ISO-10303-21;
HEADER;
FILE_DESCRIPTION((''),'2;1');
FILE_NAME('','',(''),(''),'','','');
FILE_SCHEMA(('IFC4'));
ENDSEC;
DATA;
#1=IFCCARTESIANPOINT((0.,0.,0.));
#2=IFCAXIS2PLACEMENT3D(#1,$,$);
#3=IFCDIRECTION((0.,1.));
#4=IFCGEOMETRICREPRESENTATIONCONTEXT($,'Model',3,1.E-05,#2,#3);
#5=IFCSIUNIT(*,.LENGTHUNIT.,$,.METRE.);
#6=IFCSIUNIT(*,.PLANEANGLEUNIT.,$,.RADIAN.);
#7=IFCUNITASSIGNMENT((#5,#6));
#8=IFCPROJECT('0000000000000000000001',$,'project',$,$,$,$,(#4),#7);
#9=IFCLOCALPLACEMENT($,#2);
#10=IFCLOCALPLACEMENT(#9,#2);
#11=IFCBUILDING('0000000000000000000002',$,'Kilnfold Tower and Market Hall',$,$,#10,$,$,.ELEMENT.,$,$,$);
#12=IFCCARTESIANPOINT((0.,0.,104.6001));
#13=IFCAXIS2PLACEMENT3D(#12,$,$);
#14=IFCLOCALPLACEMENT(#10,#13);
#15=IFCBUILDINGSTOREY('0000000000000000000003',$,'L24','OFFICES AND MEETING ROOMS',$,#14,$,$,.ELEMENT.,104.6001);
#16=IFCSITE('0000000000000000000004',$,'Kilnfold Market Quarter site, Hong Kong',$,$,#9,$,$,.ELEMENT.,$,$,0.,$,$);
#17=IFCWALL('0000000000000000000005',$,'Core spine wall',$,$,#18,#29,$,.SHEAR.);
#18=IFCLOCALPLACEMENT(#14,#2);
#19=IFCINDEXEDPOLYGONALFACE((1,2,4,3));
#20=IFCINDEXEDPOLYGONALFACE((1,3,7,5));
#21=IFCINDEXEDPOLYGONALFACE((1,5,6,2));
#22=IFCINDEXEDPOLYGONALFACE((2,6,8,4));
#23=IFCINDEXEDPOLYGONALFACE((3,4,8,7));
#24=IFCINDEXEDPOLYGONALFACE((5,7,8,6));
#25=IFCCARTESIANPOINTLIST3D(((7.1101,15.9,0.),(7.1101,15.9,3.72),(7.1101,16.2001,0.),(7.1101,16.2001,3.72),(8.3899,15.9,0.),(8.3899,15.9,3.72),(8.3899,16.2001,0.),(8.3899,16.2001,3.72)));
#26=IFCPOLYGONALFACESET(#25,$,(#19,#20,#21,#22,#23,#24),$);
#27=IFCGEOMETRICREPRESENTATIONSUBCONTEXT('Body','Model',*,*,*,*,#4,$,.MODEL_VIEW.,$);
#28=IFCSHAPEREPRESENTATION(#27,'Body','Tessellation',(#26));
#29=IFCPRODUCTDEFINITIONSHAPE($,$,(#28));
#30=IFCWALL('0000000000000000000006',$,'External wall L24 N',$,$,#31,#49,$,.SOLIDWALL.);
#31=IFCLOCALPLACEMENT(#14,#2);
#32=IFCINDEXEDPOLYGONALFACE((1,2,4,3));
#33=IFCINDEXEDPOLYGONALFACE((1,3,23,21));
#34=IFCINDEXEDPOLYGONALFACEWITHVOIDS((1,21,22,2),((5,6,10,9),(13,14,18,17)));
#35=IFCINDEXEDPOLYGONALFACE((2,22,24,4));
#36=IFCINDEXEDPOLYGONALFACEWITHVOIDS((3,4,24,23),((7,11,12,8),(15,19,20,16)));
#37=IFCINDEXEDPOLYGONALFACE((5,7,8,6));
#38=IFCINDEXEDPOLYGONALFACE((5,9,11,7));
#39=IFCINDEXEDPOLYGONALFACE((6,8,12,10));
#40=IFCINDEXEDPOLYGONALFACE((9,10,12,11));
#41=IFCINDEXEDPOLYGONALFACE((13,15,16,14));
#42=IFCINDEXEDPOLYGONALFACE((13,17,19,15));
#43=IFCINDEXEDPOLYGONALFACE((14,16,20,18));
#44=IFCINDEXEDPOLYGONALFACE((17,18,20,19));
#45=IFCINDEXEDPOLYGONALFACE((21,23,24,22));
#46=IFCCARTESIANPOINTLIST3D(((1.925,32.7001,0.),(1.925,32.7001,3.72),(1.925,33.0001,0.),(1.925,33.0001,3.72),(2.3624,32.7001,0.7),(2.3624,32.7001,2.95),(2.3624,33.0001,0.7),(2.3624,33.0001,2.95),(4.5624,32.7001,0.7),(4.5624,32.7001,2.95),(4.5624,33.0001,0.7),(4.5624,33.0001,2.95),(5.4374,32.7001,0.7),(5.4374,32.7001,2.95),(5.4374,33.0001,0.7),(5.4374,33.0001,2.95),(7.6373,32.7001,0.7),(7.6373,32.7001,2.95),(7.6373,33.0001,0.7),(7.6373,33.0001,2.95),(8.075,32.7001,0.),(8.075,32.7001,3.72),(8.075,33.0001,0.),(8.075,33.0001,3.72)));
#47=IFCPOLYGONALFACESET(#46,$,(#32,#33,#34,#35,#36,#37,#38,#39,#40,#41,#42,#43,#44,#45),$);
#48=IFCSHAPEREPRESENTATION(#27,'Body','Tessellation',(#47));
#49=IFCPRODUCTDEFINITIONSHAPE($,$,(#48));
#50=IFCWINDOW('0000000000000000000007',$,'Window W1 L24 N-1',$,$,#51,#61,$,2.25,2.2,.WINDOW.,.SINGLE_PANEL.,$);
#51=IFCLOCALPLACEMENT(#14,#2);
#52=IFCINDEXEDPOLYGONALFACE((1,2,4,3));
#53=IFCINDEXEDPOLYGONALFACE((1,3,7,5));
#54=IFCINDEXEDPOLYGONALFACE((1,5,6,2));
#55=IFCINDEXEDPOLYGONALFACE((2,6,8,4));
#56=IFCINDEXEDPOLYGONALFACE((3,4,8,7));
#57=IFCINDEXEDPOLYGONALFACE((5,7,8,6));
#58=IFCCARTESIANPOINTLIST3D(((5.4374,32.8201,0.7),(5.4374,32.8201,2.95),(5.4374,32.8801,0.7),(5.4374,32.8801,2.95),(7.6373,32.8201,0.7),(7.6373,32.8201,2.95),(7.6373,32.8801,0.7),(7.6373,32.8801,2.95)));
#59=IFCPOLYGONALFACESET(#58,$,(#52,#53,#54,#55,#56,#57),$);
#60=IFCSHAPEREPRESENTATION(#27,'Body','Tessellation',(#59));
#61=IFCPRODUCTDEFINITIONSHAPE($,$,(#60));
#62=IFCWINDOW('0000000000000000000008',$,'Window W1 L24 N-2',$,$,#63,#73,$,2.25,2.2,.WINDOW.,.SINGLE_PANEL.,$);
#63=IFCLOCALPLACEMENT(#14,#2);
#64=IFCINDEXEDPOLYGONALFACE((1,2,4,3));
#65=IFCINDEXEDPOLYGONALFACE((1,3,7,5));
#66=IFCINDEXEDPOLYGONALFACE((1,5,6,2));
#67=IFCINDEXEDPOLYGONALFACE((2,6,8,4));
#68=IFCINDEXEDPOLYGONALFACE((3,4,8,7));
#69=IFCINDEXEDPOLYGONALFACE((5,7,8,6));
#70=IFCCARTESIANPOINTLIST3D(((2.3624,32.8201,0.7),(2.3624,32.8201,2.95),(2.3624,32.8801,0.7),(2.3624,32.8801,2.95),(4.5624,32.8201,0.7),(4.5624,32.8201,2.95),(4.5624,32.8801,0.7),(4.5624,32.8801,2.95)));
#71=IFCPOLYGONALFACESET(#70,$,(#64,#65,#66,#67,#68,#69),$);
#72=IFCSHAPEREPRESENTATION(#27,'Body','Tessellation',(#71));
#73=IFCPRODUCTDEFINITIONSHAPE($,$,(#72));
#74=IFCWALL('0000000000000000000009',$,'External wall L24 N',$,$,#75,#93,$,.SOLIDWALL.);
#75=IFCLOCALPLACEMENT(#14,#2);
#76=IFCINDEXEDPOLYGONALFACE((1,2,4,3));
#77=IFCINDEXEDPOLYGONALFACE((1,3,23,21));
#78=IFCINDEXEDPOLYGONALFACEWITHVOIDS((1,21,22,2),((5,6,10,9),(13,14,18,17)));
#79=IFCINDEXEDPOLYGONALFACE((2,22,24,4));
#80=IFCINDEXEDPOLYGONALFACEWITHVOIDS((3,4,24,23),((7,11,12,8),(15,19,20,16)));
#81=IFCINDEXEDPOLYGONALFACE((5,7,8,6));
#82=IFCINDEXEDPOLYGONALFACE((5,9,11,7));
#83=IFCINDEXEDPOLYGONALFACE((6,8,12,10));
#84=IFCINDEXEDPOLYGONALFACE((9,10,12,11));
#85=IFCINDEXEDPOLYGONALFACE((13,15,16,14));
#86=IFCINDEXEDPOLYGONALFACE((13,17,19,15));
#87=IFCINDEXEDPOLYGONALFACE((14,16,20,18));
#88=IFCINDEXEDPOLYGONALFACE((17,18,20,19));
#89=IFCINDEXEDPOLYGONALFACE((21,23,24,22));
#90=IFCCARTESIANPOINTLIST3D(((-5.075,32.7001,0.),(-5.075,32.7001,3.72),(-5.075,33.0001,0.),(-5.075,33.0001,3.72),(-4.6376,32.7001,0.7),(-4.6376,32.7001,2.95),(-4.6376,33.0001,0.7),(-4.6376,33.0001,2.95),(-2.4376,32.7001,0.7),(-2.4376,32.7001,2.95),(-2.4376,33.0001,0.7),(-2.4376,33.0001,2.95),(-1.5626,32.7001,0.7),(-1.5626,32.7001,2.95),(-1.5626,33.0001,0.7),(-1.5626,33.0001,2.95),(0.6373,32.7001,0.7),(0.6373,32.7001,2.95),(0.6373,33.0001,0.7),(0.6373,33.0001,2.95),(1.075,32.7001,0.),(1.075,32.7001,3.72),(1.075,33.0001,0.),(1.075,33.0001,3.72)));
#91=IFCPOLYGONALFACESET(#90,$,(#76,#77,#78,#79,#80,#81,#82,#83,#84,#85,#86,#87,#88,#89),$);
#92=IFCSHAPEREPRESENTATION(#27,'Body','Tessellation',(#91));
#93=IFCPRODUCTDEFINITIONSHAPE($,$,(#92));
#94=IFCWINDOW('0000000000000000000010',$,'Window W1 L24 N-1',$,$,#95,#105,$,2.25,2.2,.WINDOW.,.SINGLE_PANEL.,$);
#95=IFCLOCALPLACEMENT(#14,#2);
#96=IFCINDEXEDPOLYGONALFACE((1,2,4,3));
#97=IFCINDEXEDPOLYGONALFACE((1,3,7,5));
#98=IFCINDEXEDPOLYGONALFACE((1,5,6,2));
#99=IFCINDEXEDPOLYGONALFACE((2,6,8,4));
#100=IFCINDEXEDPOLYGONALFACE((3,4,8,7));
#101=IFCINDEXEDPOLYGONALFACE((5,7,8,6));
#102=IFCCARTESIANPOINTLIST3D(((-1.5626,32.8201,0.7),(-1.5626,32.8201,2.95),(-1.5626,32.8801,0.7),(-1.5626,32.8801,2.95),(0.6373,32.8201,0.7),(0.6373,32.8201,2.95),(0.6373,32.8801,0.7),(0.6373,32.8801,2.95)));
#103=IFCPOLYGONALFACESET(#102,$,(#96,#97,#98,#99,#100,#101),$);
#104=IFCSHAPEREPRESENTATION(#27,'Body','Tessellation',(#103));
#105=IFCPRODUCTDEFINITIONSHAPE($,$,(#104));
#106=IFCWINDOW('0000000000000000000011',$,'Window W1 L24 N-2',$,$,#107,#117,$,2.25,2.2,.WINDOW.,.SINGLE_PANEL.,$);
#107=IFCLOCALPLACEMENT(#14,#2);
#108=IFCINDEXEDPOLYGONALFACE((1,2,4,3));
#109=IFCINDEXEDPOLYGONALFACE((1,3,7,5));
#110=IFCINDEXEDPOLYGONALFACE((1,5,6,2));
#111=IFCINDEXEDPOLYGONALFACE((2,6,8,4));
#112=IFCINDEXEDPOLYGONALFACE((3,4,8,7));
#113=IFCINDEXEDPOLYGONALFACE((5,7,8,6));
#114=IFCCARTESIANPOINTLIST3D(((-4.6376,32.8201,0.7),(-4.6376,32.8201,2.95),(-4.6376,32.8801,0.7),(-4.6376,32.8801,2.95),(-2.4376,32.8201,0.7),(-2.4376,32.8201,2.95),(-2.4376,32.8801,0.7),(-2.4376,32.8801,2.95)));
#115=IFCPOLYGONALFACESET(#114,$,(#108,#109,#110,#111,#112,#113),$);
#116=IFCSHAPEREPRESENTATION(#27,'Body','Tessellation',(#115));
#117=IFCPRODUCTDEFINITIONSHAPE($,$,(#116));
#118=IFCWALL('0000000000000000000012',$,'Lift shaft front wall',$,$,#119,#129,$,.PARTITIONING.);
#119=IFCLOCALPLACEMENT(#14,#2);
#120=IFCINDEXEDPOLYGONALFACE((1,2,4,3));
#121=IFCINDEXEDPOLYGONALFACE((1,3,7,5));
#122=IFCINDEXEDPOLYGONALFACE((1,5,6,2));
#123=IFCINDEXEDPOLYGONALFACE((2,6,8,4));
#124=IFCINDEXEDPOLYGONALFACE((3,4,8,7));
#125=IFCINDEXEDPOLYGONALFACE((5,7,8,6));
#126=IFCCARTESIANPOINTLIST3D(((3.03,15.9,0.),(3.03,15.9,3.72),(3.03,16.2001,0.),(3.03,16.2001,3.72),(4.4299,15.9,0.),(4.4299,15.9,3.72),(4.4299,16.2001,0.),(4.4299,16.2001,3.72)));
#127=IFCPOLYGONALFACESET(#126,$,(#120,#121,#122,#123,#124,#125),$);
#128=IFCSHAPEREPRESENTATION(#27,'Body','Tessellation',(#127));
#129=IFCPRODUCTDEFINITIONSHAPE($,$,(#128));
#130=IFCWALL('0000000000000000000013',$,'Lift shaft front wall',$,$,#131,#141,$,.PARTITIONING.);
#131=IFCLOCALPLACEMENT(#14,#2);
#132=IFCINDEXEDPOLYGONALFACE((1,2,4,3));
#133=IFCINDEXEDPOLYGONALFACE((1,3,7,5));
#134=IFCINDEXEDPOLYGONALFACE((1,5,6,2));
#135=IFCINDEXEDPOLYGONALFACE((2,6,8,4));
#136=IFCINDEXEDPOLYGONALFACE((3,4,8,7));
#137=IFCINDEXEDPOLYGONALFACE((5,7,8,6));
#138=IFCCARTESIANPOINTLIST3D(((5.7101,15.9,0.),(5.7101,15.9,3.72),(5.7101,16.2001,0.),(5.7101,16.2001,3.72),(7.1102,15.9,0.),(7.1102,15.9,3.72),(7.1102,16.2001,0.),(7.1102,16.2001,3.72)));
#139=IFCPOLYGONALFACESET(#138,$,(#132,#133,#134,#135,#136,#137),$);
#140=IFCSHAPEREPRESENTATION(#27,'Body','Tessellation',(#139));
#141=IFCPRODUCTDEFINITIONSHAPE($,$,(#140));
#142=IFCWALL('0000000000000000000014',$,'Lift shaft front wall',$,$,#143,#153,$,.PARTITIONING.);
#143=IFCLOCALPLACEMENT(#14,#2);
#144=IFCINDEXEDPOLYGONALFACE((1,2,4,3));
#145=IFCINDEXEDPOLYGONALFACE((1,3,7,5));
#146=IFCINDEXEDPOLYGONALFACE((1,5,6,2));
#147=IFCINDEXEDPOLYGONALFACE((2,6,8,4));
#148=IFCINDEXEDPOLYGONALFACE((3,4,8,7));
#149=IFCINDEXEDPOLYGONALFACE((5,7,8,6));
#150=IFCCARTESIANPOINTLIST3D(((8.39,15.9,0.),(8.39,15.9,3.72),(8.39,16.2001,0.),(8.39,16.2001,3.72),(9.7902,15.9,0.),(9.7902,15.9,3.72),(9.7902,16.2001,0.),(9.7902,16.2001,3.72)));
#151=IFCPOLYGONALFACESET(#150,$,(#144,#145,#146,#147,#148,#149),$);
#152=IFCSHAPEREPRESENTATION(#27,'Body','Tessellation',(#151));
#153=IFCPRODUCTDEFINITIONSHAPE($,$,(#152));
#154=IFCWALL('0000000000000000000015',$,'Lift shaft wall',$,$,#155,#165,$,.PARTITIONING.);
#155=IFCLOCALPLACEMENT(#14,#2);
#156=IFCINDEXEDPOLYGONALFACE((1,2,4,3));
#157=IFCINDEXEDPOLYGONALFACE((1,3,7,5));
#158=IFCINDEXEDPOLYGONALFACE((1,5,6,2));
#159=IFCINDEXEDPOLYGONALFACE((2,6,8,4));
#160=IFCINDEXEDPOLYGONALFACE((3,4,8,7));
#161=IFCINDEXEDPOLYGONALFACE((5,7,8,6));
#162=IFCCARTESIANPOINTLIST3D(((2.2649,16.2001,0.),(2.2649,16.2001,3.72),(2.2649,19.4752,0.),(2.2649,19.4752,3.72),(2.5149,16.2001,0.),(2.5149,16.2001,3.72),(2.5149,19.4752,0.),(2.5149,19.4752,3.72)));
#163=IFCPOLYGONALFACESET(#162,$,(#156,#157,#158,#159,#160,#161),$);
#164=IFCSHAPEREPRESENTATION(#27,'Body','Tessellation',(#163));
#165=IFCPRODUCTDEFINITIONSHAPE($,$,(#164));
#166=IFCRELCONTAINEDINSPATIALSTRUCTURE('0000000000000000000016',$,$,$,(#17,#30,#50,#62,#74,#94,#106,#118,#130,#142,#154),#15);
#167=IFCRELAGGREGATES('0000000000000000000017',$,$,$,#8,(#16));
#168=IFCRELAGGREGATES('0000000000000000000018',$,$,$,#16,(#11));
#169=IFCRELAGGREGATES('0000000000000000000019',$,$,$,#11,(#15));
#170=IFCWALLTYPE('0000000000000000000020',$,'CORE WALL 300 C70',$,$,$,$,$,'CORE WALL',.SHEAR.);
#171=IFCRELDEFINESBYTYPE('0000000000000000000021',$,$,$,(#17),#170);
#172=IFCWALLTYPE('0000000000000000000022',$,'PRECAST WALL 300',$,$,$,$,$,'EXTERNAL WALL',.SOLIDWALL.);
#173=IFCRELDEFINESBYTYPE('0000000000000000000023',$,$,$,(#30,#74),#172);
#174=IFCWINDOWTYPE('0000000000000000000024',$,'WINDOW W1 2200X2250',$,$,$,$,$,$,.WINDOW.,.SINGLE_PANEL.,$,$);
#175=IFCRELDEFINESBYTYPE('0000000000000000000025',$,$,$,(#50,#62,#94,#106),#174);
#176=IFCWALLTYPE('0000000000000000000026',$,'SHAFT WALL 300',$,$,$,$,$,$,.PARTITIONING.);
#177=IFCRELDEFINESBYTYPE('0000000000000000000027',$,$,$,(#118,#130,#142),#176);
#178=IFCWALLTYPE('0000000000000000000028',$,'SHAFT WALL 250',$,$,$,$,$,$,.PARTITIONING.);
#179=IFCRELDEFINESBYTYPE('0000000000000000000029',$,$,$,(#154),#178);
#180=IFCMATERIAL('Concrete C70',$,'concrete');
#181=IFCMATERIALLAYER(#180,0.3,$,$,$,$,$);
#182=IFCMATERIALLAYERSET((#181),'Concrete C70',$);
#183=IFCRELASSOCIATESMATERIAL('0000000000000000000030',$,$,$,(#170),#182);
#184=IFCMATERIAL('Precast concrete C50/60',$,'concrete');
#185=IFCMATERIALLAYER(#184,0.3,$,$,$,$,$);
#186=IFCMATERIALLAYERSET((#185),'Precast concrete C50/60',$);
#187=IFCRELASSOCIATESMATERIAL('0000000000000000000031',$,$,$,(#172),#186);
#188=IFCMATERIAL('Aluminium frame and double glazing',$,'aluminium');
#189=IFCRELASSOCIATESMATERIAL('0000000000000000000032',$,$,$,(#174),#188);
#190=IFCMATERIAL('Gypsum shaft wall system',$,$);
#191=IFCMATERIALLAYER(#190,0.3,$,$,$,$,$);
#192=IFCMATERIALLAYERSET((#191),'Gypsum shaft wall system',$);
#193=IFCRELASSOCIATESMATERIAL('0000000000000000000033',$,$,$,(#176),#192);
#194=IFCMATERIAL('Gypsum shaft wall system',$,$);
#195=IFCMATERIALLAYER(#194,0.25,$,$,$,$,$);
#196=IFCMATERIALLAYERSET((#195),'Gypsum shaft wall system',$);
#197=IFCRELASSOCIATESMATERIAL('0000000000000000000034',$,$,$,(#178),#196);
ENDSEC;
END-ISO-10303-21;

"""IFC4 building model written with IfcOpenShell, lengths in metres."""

from ifc_helpers import new_model, si_unit, direction, frame, frame_2d, origin, place, context, subcontext, project, spatial, rectangle, extrude, source, transform, mapped, material, layer, layer_set, type_object, element, fill, save


model = new_model("IFC4")

# Units and contexts
model_context = context("Model", 3, precision=1e-05, world=origin(), true_north=direction((0.0, 1.0)))
body_context = subcontext(model_context, "Body", "Model", "MODEL_VIEW")
ifc_project = project(units=[si_unit("LENGTHUNIT", "METRE"), si_unit("PLANEANGLEUNIT", "RADIAN")], contexts=[model_context])

# Site, building, storey
site_placement = place(None, origin())
site = spatial("IfcSite", under=ifc_project, at=site_placement, Name="Kilnfold Market Quarter site, Hong Kong", CompositionType="ELEMENT", RefElevation=0.0)
building_placement = place(site_placement, origin())
building = spatial("IfcBuilding", under=site, at=building_placement, Name="Kilnfold Tower and Market Hall", CompositionType="ELEMENT")
storey_placement = place(building_placement, frame((0.0, 0.0, 104.6001)))
storey = spatial("IfcBuildingStorey", under=building, at=storey_placement, Name="L24", Description="OFFICES AND MEETING ROOMS", CompositionType="ELEMENT", Elevation=104.6001)

# Wall
ifc_material_1 = material(Name="Concrete C70", Category="concrete")
ifc_layer_1 = layer(ifc_material_1, 0.3)
ifc_layer_set_1 = layer_set([ifc_layer_1], Name="Concrete C70")
wall_type_1 = type_object("IfcWallType", Name="CORE WALL 300 C70", ElementType="CORE WALL", PredefinedType="SHEAR", material=ifc_layer_set_1)
shared_shape_1 = source(origin(), body_context, "Body", "SweptSolid", [
    extrude(rectangle(XDim=1.2798, YDim=0.3, at=frame_2d((0.6399, 0.0))), origin(), (0.0, 0.0, 1.0), 3.72),
])
wall_1_placement = place(storey_placement, frame((7.1101, 16.05, 0.0), z_axis=(0.0, 0.0, 1.0), x_axis=(1.0, 0.0, 0.0)))
element("IfcWall", 1, at=wall_1_placement, inside=storey, type_object=wall_type_1, Name="Core spine wall", PredefinedType="SHEAR", context=body_context, shape_type="MappedRepresentation", body=[
    mapped(shared_shape_1, transform((0.0, 0.0, 0.0))),
])

# Walls, openings, windows
ifc_material_2 = material(Name="Precast concrete C50/60", Category="concrete")
ifc_layer_2 = layer(ifc_material_2, 0.3)
ifc_layer_set_2 = layer_set([ifc_layer_2], Name="Precast concrete C50/60")
wall_type_2 = type_object("IfcWallType", Name="PRECAST WALL 300", ElementType="EXTERNAL WALL", PredefinedType="SOLIDWALL", material=ifc_layer_set_2)
shared_shape_2 = source(origin(), body_context, "Body", "SweptSolid", [
    extrude(rectangle(XDim=6.1499, YDim=0.3, at=frame_2d((3.075, 0.0))), origin(), (0.0, 0.0, 1.0), 3.72),
])
wall_2_placement = place(storey_placement, frame((8.075, 32.8501, 0.0), z_axis=(0.0, 0.0, 1.0), x_axis=(-1.0, 0.0, 0.0)))
wall_2 = element("IfcWall", 2, at=wall_2_placement, inside=storey, type_object=wall_type_2, Name="External wall L24 N", PredefinedType="SOLIDWALL", context=body_context, shape_type="MappedRepresentation", body=[
    mapped(shared_shape_2, transform((0.0, 0.0, 0.0))),
])
opening_1_placement = place(wall_2_placement, frame((0.4375, 0.0, 0.7)))
opening_1 = element("IfcOpeningElement", 3, at=opening_1_placement, cuts=wall_2, PredefinedType="OPENING", context=body_context, shape_type="SweptSolid", body=[
    extrude(rectangle(XDim=2.2, YDim=2.25, at=frame_2d((1.1001, 1.125))), frame((0.0, 0.1602, 0.0), z_axis=(0.0, -1.0, 0.0), x_axis=(1.0, 0.0, 0.0)), (0.0, 0.0, 1.0), 0.3201),
])
opening_2_placement = place(wall_2_placement, frame((3.5125, 0.0, 0.7)))
opening_2 = element("IfcOpeningElement", 4, at=opening_2_placement, cuts=wall_2, PredefinedType="OPENING", context=body_context, shape_type="SweptSolid", body=[
    extrude(rectangle(XDim=2.2, YDim=2.25, at=frame_2d((1.1001, 1.125))), frame((0.0, 0.1602, 0.0), z_axis=(0.0, -1.0, 0.0), x_axis=(1.0, 0.0, 0.0)), (0.0, 0.0, 1.0), 0.3201),
])
ifc_material_3 = material(Name="Aluminium frame and double glazing", Category="aluminium")
window_type = type_object("IfcWindowType", Name="WINDOW W1 2200X2250", PartitioningType="SINGLE_PANEL", PredefinedType="WINDOW", material=ifc_material_3)
window_1_placement = place(opening_1_placement, origin())
window_1 = element("IfcWindow", 5, at=window_1_placement, inside=storey, type_object=window_type, Name="Window W1 L24 N-1", OverallHeight=2.25, OverallWidth=2.2, PartitioningType="SINGLE_PANEL", PredefinedType="WINDOW", context=body_context, shape_type="SweptSolid", body=[
    extrude(rectangle(XDim=2.2, YDim=2.25, at=frame_2d((1.1001, 1.125))), frame((0.0, 0.03, 0.0), z_axis=(0.0, -1.0, 0.0), x_axis=(1.0, 0.0, 0.0)), (0.0, 0.0, 1.0), 0.0601),
])
fill(opening_1, window_1)
window_2_placement = place(opening_2_placement, origin())
window_2 = element("IfcWindow", 6, at=window_2_placement, inside=storey, type_object=window_type, Name="Window W1 L24 N-2", OverallHeight=2.25, OverallWidth=2.2, PartitioningType="SINGLE_PANEL", PredefinedType="WINDOW", context=body_context, shape_type="SweptSolid", body=[
    extrude(rectangle(XDim=2.2, YDim=2.25, at=frame_2d((1.1001, 1.125))), frame((0.0, 0.03, 0.0), z_axis=(0.0, -1.0, 0.0), x_axis=(1.0, 0.0, 0.0)), (0.0, 0.0, 1.0), 0.0601),
])
fill(opening_2, window_2)
wall_3_placement = place(storey_placement, frame((1.075, 32.8501, 0.0), z_axis=(0.0, 0.0, 1.0), x_axis=(-1.0, 0.0, 0.0)))
wall_3 = element("IfcWall", 7, at=wall_3_placement, inside=storey, type_object=wall_type_2, Name="External wall L24 N", PredefinedType="SOLIDWALL", context=body_context, shape_type="MappedRepresentation", body=[
    mapped(shared_shape_2, transform((0.0, 0.0, 0.0))),
])
opening_3_placement = place(wall_3_placement, frame((0.4375, 0.0, 0.7)))
opening_3 = element("IfcOpeningElement", 8, at=opening_3_placement, cuts=wall_3, PredefinedType="OPENING", context=body_context, shape_type="SweptSolid", body=[
    extrude(rectangle(XDim=2.2, YDim=2.25, at=frame_2d((1.1001, 1.125))), frame((0.0, 0.1602, 0.0), z_axis=(0.0, -1.0, 0.0), x_axis=(1.0, 0.0, 0.0)), (0.0, 0.0, 1.0), 0.3201),
])
opening_4_placement = place(wall_3_placement, frame((3.5125, 0.0, 0.7)))
opening_4 = element("IfcOpeningElement", 9, at=opening_4_placement, cuts=wall_3, PredefinedType="OPENING", context=body_context, shape_type="SweptSolid", body=[
    extrude(rectangle(XDim=2.2, YDim=2.25, at=frame_2d((1.1001, 1.125))), frame((0.0, 0.1602, 0.0), z_axis=(0.0, -1.0, 0.0), x_axis=(1.0, 0.0, 0.0)), (0.0, 0.0, 1.0), 0.3201),
])
window_3_placement = place(opening_3_placement, origin())
window_3 = element("IfcWindow", 10, at=window_3_placement, inside=storey, type_object=window_type, Name="Window W1 L24 N-1", OverallHeight=2.25, OverallWidth=2.2, PartitioningType="SINGLE_PANEL", PredefinedType="WINDOW", context=body_context, shape_type="SweptSolid", body=[
    extrude(rectangle(XDim=2.2, YDim=2.25, at=frame_2d((1.1001, 1.125))), frame((0.0, 0.03, 0.0), z_axis=(0.0, -1.0, 0.0), x_axis=(1.0, 0.0, 0.0)), (0.0, 0.0, 1.0), 0.0601),
])
fill(opening_3, window_3)
window_4_placement = place(opening_4_placement, origin())
window_4 = element("IfcWindow", 11, at=window_4_placement, inside=storey, type_object=window_type, Name="Window W1 L24 N-2", OverallHeight=2.25, OverallWidth=2.2, PartitioningType="SINGLE_PANEL", PredefinedType="WINDOW", context=body_context, shape_type="SweptSolid", body=[
    extrude(rectangle(XDim=2.2, YDim=2.25, at=frame_2d((1.1001, 1.125))), frame((0.0, 0.03, 0.0), z_axis=(0.0, -1.0, 0.0), x_axis=(1.0, 0.0, 0.0)), (0.0, 0.0, 1.0), 0.0601),
])
fill(opening_4, window_4)

# Walls
ifc_material_4 = material(Name="Gypsum shaft wall system")
ifc_layer_3 = layer(ifc_material_4, 0.3)
ifc_layer_set_3 = layer_set([ifc_layer_3], Name="Gypsum shaft wall system")
wall_type_3 = type_object("IfcWallType", Name="SHAFT WALL 300", PredefinedType="PARTITIONING", material=ifc_layer_set_3)
shared_shape_3 = source(origin(), body_context, "Body", "SweptSolid", [
    extrude(rectangle(XDim=1.3999, YDim=0.3, at=frame_2d((0.7, 0.0))), origin(), (0.0, 0.0, 1.0), 3.72),
])
wall_4_placement = place(storey_placement, frame((3.03, 16.05, 0.0), z_axis=(0.0, 0.0, 1.0), x_axis=(1.0, 0.0, 0.0)))
element("IfcWall", 12, at=wall_4_placement, inside=storey, type_object=wall_type_3, Name="Lift shaft front wall", PredefinedType="PARTITIONING", context=body_context, shape_type="MappedRepresentation", body=[
    mapped(shared_shape_3, transform((0.0, 0.0, 0.0))),
])
shared_shape_4 = source(origin(), body_context, "Body", "SweptSolid", [
    extrude(rectangle(XDim=1.4001, YDim=0.3, at=frame_2d((0.7002, 0.0))), origin(), (0.0, 0.0, 1.0), 3.72),
])
for number, where, z_axis, x_axis, name in (
    (13, (5.71, 16.05, 0.0), (0.0, 0.0, 1.0), (1.0, 0.0, 0.0), "Lift shaft front wall"),
    (14, (8.3899, 16.05, 0.0), (0.0, 0.0, 1.0), (1.0, 0.0, 0.0), "Lift shaft front wall"),
):
    element("IfcWall", number, at=place(storey_placement, frame(where, z_axis=z_axis, x_axis=x_axis)), inside=storey, type_object=wall_type_3, Name=name, PredefinedType="PARTITIONING", context=body_context, shape_type="MappedRepresentation", body=[
        mapped(shared_shape_4, transform((0.0, 0.0, 0.0))),
    ])
ifc_material_5 = material(Name="Gypsum shaft wall system")
ifc_layer_4 = layer(ifc_material_5, 0.25)
ifc_layer_set_4 = layer_set([ifc_layer_4], Name="Gypsum shaft wall system")
wall_type_4 = type_object("IfcWallType", Name="SHAFT WALL 250", PredefinedType="PARTITIONING", material=ifc_layer_set_4)
shared_shape_5 = source(origin(), body_context, "Body", "SweptSolid", [
    extrude(rectangle(XDim=3.2751, YDim=0.25, at=frame_2d((1.6377, 0.0))), origin(), (0.0, 0.0, 1.0), 3.72),
])
for number, where, z_axis, x_axis, name in (
    (15, (2.3899, 16.2, 0.0), (0.0, 0.0, 1.0), (0.0, 1.0, 0.0), "Lift shaft wall"),
):
    element("IfcWall", number, at=place(storey_placement, frame(where, z_axis=z_axis, x_axis=x_axis)), inside=storey, type_object=wall_type_4, Name=name, PredefinedType="PARTITIONING", context=body_context, shape_type="MappedRepresentation", body=[
        mapped(shared_shape_5, transform((0.0, 0.0, 0.0))),
    ])

save(model, "model.ifc")
